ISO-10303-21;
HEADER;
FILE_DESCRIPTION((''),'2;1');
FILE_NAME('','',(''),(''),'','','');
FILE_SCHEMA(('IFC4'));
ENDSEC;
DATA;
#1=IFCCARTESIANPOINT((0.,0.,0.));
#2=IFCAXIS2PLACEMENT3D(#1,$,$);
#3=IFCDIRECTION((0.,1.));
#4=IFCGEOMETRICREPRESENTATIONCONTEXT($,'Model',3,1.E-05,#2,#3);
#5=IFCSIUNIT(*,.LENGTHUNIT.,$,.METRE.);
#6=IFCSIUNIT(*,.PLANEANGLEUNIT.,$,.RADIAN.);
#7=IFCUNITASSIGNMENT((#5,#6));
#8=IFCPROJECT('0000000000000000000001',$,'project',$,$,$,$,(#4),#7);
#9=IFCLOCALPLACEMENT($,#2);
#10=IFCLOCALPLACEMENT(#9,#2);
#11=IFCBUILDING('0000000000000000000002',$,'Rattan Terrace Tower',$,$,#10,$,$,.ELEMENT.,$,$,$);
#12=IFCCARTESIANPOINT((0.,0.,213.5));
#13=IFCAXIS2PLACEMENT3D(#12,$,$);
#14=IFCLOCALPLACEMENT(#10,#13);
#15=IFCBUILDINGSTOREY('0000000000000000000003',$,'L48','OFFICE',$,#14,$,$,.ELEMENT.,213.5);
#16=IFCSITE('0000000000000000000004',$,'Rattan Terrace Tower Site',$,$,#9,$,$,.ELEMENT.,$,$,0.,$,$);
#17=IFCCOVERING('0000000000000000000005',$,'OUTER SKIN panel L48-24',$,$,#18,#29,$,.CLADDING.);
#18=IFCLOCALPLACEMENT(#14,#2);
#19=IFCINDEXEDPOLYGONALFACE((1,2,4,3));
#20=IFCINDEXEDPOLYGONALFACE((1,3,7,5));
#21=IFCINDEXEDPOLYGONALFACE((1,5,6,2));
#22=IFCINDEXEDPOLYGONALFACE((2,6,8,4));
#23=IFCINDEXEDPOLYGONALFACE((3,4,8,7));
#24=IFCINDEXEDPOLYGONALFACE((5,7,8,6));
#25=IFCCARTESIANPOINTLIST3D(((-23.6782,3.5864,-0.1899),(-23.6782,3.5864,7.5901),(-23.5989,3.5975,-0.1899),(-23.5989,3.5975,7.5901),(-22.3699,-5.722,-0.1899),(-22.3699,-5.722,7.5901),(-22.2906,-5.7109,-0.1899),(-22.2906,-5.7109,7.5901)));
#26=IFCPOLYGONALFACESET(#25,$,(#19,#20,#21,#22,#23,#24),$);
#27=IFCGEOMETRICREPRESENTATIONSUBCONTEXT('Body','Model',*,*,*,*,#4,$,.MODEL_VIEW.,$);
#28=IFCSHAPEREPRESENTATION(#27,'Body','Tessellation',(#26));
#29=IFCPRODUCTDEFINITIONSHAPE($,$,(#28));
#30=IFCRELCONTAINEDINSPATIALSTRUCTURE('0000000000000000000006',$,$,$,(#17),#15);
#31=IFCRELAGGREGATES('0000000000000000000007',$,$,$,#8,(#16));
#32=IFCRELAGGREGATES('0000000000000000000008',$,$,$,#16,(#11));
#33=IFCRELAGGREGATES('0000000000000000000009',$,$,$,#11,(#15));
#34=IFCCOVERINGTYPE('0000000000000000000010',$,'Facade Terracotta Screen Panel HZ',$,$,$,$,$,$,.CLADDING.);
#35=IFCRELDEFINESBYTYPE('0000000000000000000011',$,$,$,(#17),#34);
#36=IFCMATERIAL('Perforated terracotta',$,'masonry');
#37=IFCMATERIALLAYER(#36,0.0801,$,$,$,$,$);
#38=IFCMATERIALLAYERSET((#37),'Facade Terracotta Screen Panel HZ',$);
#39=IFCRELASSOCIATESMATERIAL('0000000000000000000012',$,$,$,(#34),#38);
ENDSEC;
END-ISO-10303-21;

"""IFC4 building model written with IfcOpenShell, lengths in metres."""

from ifc_helpers import new_model, si_unit, direction, frame, origin, origin_2d, place, context, subcontext, project, spatial, rectangle, extrude, material, layer, layer_set, type_object, element, save


model = new_model("IFC4")

# Units and contexts
model_context = context("Model", 3, precision=1e-05, world=origin(), true_north=direction((0.0, 1.0)))
body_context = subcontext(model_context, "Body", "Model", "MODEL_VIEW")
ifc_project = project(units=[si_unit("LENGTHUNIT", "METRE"), si_unit("PLANEANGLEUNIT", "RADIAN")], contexts=[model_context])

# Site, building, storey
site_placement = place(None, origin())
site = spatial("IfcSite", under=ifc_project, at=site_placement, Name="Rattan Terrace Tower Site", CompositionType="ELEMENT", RefElevation=0.0)
building_placement = place(site_placement, origin())
building = spatial("IfcBuilding", under=site, at=building_placement, Name="Rattan Terrace Tower", CompositionType="ELEMENT")
storey_placement = place(building_placement, frame((0.0, 0.0, 213.5)))
storey = spatial("IfcBuildingStorey", under=building, at=storey_placement, Name="L48", Description="OFFICE", CompositionType="ELEMENT", Elevation=213.5)

# Covering
ifc_material_1 = material(Name="Perforated terracotta", Category="masonry")
ifc_layer_1 = layer(ifc_material_1, 0.0801)
ifc_layer_set_1 = layer_set([ifc_layer_1], Name="Facade Terracotta Screen Panel HZ")
covering_type = type_object("IfcCoveringType", Name="Facade Terracotta Screen Panel HZ", PredefinedType="CLADDING", material=ifc_layer_set_1)
covering_1_placement = place(storey_placement, frame((-22.9844, -1.0623, -0.1899), z_axis=(0.0, 0.0, 1.0), x_axis=(0.139186, -0.990266, 0.0)))
element("IfcCovering", 1, at=covering_1_placement, inside=storey, type_object=covering_type, Name="OUTER SKIN panel L48-24", PredefinedType="CLADDING", context=body_context, shape_type="SweptSolid", body=[
    extrude(rectangle(XDim=9.3999, YDim=0.0801, at=origin_2d()), origin(), (0.0, 0.0, 1.0), 7.78),
])

save(model, "model.ifc")
